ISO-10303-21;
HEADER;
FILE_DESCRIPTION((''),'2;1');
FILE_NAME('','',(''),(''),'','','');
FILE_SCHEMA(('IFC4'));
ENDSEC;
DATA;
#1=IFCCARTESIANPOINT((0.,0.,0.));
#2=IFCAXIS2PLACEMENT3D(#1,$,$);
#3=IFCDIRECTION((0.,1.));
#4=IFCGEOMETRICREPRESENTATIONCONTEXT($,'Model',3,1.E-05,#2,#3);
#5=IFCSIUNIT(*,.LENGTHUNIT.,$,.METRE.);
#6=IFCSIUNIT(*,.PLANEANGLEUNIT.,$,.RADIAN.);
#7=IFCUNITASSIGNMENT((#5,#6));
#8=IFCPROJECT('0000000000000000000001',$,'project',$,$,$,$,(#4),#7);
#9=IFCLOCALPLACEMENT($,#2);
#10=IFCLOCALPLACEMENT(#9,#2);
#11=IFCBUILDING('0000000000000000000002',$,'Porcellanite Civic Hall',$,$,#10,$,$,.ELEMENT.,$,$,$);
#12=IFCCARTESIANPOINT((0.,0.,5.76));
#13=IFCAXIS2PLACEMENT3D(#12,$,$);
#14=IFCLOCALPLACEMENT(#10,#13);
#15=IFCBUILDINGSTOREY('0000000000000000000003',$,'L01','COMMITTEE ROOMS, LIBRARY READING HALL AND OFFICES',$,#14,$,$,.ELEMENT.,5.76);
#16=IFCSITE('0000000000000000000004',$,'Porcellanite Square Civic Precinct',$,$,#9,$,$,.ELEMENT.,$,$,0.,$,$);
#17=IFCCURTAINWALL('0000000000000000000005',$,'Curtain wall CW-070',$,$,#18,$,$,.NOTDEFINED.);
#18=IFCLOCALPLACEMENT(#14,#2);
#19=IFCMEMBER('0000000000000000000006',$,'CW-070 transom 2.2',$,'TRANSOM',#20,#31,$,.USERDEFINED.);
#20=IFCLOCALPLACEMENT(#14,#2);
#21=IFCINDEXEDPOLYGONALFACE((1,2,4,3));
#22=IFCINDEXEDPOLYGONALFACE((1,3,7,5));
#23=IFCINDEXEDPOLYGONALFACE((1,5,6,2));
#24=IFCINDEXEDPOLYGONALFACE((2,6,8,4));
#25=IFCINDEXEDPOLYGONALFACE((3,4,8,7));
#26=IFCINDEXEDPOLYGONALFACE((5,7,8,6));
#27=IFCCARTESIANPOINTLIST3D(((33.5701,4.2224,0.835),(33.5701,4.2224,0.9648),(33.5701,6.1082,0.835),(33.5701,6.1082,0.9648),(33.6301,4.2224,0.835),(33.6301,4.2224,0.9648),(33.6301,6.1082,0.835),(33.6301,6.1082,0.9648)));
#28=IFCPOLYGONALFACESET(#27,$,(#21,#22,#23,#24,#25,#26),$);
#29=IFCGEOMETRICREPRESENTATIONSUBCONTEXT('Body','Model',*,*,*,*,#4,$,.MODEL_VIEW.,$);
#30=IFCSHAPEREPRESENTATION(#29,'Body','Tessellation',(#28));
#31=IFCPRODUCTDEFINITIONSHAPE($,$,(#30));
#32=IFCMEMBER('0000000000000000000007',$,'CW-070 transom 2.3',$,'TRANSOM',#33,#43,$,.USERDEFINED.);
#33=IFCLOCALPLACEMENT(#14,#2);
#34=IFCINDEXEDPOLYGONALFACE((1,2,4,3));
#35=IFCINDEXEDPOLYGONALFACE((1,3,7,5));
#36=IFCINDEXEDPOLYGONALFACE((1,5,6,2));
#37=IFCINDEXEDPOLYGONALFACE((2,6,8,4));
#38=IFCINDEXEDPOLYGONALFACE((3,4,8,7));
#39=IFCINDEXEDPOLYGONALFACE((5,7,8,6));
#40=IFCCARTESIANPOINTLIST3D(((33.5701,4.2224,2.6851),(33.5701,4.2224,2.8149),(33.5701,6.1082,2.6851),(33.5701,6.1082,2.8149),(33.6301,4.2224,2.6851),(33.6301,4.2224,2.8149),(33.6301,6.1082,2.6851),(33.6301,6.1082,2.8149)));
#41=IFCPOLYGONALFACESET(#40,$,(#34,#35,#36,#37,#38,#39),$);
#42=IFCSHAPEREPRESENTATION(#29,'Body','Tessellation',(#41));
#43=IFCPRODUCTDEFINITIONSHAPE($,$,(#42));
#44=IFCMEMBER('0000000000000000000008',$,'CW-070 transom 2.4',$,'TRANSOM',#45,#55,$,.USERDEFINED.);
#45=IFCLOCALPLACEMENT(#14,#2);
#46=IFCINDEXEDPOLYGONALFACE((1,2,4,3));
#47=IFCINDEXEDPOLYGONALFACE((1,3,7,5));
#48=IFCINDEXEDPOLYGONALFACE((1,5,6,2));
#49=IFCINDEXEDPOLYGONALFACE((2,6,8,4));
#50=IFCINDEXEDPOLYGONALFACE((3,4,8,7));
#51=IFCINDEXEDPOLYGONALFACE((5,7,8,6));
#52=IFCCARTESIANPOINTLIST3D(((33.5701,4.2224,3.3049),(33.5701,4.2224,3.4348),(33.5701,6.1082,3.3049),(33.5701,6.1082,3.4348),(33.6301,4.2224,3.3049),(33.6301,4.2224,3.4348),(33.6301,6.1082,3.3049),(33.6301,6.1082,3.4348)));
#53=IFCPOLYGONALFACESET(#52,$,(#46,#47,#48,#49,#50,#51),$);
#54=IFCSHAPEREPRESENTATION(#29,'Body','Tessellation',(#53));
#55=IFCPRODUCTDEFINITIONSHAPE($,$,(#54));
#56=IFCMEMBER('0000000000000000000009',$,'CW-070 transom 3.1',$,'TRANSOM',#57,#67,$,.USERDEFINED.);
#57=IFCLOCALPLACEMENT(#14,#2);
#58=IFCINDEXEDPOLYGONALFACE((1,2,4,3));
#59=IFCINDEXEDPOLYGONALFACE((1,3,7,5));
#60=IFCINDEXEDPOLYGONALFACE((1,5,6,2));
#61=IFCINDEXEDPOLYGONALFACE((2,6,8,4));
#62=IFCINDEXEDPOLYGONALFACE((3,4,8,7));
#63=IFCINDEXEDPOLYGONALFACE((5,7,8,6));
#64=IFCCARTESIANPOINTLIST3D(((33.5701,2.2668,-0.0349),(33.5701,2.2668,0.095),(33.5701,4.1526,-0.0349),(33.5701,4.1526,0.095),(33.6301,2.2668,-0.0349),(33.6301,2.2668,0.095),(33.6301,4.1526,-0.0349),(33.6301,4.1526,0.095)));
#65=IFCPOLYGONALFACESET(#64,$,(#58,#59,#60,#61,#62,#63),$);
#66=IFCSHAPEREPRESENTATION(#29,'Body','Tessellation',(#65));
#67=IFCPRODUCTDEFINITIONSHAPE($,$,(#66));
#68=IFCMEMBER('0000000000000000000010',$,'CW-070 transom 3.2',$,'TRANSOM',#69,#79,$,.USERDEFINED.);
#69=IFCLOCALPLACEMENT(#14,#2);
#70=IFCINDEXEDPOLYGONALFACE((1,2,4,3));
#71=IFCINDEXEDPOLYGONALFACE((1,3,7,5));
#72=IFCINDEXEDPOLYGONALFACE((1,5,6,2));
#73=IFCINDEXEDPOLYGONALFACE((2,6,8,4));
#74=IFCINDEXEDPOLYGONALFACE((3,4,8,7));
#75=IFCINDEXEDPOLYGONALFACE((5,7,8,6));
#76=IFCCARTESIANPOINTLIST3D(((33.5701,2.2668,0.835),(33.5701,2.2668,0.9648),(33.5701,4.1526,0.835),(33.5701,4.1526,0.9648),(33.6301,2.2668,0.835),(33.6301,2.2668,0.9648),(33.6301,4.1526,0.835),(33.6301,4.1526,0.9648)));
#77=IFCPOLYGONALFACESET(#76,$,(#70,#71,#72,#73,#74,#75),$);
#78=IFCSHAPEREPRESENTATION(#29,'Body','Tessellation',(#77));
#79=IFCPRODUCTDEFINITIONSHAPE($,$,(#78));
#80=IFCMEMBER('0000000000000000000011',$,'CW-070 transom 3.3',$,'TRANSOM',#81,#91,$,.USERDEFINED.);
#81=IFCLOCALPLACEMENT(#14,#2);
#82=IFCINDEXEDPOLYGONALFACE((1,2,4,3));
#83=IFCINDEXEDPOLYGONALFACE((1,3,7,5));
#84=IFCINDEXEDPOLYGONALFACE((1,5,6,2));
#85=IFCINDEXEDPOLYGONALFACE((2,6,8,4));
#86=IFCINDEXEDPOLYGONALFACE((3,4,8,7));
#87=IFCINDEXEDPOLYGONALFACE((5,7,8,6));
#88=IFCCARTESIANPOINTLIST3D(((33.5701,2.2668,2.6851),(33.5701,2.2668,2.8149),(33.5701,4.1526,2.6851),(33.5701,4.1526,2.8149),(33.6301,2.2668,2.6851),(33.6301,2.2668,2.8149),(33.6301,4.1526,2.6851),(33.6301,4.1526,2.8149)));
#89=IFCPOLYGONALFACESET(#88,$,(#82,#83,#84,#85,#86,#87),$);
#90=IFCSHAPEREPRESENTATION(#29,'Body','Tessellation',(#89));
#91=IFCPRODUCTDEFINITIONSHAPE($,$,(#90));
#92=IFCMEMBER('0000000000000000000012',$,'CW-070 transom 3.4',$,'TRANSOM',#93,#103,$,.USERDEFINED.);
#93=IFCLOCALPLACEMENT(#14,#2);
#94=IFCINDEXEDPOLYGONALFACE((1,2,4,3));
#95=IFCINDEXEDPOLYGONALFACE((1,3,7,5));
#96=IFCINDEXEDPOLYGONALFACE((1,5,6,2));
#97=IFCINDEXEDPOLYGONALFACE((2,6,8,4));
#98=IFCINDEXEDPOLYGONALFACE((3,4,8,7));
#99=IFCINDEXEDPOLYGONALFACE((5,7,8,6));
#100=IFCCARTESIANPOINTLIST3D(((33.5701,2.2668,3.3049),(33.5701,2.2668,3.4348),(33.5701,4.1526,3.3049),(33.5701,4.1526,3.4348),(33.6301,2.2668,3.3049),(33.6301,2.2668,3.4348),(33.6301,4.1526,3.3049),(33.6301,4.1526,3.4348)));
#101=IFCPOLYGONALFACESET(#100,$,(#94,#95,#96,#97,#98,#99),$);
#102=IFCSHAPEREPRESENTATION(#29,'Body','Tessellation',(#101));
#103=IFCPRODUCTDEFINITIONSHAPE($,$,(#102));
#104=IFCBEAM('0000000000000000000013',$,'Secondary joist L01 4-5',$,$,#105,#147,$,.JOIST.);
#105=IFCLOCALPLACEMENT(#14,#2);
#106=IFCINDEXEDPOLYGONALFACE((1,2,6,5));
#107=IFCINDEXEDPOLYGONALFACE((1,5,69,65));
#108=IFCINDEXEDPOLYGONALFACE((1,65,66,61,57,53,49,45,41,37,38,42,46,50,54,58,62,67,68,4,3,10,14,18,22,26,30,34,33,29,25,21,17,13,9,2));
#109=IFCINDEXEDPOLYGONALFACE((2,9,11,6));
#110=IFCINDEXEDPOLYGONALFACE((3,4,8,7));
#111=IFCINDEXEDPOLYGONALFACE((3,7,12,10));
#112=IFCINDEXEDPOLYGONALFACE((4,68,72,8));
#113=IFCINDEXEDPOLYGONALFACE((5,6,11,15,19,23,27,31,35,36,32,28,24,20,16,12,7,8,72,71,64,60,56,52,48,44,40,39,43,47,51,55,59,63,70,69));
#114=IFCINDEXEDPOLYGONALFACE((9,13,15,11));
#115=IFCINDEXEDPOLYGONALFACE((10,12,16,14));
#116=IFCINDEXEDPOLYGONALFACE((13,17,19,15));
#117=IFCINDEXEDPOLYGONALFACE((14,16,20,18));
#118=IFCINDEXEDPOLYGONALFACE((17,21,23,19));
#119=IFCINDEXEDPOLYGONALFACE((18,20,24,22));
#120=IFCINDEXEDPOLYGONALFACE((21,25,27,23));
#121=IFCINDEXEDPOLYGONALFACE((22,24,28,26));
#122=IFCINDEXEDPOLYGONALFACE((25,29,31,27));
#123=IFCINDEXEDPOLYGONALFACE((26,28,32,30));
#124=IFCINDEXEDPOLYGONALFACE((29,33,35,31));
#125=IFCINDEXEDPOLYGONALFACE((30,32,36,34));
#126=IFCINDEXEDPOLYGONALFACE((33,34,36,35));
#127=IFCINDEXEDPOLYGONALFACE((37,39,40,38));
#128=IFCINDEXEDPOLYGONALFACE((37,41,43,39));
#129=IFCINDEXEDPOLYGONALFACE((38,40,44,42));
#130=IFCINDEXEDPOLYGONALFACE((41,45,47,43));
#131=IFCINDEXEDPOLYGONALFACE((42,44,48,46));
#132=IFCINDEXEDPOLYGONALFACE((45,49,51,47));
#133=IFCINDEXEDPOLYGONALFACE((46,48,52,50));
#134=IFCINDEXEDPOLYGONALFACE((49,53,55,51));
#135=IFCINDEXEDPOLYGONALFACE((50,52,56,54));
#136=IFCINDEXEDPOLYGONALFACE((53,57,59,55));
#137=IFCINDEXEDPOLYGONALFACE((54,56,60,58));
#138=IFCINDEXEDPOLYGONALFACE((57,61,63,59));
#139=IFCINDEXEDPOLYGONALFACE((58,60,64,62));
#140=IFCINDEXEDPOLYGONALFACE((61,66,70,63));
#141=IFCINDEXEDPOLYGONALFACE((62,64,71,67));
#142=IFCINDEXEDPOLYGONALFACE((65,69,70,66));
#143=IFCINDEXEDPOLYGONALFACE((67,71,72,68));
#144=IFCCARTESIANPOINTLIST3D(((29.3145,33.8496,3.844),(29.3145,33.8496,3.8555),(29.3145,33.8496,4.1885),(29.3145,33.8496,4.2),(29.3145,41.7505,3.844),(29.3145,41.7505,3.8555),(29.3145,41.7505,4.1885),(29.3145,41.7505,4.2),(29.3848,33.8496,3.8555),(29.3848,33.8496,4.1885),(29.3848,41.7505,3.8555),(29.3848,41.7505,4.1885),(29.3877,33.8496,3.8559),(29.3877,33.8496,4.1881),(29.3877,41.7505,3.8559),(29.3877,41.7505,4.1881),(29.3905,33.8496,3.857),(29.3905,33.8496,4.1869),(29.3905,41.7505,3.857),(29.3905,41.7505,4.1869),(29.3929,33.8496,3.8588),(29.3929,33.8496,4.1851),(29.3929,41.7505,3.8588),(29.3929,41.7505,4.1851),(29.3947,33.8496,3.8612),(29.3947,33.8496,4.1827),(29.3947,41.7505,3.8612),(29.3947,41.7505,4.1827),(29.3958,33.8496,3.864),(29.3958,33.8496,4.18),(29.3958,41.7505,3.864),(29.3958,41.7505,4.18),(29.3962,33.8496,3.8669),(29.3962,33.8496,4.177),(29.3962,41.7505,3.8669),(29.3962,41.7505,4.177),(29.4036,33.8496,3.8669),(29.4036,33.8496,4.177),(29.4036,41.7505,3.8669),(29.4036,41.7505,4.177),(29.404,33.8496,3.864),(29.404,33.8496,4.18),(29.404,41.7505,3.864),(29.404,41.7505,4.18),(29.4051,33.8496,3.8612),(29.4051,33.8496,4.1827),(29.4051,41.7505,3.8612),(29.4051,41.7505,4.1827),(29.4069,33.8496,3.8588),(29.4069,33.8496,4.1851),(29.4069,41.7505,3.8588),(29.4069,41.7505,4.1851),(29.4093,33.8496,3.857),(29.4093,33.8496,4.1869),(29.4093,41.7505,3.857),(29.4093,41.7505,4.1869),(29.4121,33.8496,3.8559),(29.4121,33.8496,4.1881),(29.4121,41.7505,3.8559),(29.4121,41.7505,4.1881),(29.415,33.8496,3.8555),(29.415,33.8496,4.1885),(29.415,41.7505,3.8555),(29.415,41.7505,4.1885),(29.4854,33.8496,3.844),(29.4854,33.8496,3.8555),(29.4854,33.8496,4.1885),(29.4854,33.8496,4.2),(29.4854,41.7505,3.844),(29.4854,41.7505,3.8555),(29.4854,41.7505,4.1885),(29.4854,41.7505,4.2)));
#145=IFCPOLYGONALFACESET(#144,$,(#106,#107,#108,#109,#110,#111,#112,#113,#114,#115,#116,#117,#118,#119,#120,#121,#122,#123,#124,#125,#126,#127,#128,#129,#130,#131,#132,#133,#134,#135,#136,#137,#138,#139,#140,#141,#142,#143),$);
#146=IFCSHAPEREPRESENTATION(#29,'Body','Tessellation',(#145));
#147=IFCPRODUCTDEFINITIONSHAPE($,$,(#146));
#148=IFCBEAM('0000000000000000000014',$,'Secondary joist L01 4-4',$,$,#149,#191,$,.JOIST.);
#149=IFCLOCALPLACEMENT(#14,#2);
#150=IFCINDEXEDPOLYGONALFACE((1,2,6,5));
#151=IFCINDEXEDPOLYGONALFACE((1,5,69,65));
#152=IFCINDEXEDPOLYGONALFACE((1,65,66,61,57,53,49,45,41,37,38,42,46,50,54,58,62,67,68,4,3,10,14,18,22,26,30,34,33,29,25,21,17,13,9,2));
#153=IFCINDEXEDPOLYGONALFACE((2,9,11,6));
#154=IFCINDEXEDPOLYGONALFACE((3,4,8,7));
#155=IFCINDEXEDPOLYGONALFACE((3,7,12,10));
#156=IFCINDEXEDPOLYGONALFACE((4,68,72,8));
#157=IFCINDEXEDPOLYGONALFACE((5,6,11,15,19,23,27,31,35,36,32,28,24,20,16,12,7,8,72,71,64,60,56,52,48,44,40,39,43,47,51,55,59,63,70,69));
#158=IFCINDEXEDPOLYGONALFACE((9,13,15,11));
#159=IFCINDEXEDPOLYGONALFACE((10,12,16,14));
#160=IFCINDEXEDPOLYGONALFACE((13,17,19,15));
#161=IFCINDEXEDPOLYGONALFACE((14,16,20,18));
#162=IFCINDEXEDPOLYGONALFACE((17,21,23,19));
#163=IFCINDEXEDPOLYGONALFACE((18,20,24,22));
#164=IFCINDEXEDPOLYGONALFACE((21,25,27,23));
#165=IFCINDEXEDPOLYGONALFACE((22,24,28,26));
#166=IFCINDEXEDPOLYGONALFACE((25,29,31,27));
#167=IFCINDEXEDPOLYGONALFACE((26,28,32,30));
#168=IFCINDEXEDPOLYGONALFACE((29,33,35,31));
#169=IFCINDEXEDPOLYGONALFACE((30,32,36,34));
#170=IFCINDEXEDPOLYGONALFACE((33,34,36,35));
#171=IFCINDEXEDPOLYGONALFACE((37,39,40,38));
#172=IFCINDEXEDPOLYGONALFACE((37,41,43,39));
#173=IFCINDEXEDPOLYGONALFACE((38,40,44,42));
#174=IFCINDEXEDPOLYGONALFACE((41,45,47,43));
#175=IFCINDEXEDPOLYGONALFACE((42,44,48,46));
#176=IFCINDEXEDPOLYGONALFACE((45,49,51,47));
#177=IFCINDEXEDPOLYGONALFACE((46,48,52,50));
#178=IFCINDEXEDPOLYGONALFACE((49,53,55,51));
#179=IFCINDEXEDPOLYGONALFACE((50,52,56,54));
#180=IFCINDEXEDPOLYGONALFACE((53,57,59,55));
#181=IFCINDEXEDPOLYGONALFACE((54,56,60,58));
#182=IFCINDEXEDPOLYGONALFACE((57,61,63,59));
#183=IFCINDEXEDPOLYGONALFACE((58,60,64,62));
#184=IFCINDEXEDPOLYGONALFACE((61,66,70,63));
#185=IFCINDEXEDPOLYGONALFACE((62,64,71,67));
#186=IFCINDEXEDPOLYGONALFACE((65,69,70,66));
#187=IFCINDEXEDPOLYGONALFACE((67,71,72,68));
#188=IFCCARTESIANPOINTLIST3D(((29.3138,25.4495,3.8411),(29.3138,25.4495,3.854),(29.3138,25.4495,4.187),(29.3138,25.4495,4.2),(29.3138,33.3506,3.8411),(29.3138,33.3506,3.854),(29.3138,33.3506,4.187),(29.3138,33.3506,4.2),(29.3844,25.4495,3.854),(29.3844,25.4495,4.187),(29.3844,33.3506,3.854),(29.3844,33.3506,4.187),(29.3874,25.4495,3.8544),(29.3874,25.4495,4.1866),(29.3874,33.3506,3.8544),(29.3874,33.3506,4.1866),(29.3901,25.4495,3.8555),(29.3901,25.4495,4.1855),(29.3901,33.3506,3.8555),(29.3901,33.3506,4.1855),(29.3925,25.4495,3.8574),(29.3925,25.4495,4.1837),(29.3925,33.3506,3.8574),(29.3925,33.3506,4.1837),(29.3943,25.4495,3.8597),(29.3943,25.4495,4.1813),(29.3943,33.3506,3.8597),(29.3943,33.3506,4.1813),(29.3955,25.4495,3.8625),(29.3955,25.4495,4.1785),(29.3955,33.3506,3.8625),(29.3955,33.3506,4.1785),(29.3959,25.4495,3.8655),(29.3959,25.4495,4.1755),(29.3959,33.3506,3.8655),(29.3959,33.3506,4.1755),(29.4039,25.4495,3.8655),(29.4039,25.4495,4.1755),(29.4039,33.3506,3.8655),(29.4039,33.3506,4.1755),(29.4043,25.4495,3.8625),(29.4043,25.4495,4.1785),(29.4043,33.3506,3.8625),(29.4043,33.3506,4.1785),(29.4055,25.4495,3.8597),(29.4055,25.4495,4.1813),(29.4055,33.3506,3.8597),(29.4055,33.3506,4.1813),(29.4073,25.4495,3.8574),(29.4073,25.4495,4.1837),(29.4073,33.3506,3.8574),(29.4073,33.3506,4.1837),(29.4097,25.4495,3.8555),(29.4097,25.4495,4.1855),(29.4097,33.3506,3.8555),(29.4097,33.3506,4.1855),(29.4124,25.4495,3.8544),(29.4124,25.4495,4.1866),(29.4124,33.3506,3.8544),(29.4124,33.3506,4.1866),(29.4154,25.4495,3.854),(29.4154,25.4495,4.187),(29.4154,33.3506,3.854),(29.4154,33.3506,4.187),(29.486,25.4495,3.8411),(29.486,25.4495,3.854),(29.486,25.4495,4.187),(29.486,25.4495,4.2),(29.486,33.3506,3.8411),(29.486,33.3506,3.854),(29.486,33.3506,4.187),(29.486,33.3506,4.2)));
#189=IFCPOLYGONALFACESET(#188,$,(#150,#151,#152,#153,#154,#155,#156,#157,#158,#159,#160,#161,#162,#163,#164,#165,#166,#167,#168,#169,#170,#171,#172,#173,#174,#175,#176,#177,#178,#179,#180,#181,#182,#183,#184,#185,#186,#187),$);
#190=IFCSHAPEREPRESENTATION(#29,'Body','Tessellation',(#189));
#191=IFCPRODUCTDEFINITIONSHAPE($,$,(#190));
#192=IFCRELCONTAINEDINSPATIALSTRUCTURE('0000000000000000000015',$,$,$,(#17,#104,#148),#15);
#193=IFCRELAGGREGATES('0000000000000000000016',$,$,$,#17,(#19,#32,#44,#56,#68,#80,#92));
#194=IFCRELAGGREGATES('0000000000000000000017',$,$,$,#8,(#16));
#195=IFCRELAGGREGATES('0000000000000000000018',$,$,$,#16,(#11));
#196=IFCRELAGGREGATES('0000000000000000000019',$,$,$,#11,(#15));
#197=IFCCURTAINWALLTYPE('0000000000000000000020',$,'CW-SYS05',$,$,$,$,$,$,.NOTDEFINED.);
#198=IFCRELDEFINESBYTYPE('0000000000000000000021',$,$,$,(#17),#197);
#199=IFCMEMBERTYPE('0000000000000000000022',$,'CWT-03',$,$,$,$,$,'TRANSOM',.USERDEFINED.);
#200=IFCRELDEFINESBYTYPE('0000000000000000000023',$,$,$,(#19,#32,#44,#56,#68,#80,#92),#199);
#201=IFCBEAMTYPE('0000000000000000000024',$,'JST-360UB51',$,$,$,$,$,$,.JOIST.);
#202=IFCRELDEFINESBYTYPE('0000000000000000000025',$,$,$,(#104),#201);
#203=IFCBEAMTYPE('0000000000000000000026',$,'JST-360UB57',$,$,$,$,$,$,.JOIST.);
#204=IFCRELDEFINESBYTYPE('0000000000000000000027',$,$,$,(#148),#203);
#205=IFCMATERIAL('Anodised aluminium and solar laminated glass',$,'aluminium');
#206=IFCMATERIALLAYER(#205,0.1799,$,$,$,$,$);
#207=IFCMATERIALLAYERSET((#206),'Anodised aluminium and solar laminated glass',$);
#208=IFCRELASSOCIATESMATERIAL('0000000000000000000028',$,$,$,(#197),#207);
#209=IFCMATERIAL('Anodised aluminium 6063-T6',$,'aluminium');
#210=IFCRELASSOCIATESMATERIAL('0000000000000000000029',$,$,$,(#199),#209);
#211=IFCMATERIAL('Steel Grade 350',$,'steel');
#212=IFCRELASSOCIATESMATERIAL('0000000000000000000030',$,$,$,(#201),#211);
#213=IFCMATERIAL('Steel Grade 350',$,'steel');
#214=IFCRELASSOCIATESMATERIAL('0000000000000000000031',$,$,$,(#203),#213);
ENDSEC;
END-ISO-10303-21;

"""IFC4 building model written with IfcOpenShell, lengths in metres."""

from ifc_helpers import new_model, si_unit, direction, frame, origin, origin_2d, place, context, subcontext, project, spatial, rectangle, i_section, extrude, material, layer, layer_set, material_profile, profile_set, type_object, element, aggregate, save


model = new_model("IFC4")

# Units and contexts
model_context = context("Model", 3, precision=1e-05, world=origin(), true_north=direction((0.0, 1.0)))
body_context = subcontext(model_context, "Body", "Model", "MODEL_VIEW")
ifc_project = project(units=[si_unit("LENGTHUNIT", "METRE"), si_unit("PLANEANGLEUNIT", "RADIAN")], contexts=[model_context])

# Site, building, storey
site_placement = place(None, origin())
site = spatial("IfcSite", under=ifc_project, at=site_placement, Name="Porcellanite Square Civic Precinct", CompositionType="ELEMENT", RefElevation=0.0)
building_placement = place(site_placement, origin())
building = spatial("IfcBuilding", under=site, at=building_placement, Name="Porcellanite Civic Hall", CompositionType="ELEMENT")
storey_placement = place(building_placement, frame((0.0, 0.0, 5.76)))
storey = spatial("IfcBuildingStorey", under=building, at=storey_placement, Name="L01", Description="COMMITTEE ROOMS, LIBRARY READING HALL AND OFFICES", CompositionType="ELEMENT", Elevation=5.76)

# Curtain wall, members
ifc_material_1 = material(Name="Anodised aluminium and solar laminated glass", Category="aluminium")
ifc_layer_1 = layer(ifc_material_1, 0.1799)
ifc_layer_set_1 = layer_set([ifc_layer_1], Name="Anodised aluminium and solar laminated glass")
curtain_wall_type = type_object("IfcCurtainWallType", Name="CW-SYS05", PredefinedType="NOTDEFINED", material=ifc_layer_set_1)
curtain_wall_placement = place(storey_placement, origin())
curtain_wall = element("IfcCurtainWall", 1, at=curtain_wall_placement, inside=storey, type_object=curtain_wall_type, Name="Curtain wall CW-070", PredefinedType="NOTDEFINED")
ifc_material_2 = material(Name="Anodised aluminium 6063-T6", Category="aluminium")
ifc_material_profile_1 = material_profile(ifc_material_2, rectangle(XDim=0.0601, YDim=0.1299, at=origin_2d()), Name="AL-60x130")
ifc_profile_set_1 = profile_set([ifc_material_profile_1], Name="Anodised aluminium 6063-T6")
member_type_1 = type_object("IfcMemberType", Name="CWT-03", ElementType="TRANSOM", PredefinedType="USERDEFINED", material=ifc_profile_set_1)
member_1_placement = place(storey_placement, frame((33.6001, 6.1082, 0.8999), z_axis=(0.0, -1.0, 0.0), x_axis=(1.0, 0.0, 0.0)))
member_1 = element("IfcMember", 2, at=member_1_placement, type_object=member_type_1, Name="CW-070 transom 2.2", ObjectType="TRANSOM", PredefinedType="USERDEFINED", context=body_context, shape_type="SweptSolid", body=[
    extrude(rectangle(XDim=0.0601, YDim=0.1299, at=origin_2d()), origin(), (0.0, 0.0, 1.0), 1.8857),
])
member_2_placement = place(storey_placement, frame((33.6001, 6.1082, 2.75), z_axis=(0.0, -1.0, 0.0), x_axis=(1.0, 0.0, 0.0)))
member_2 = element("IfcMember", 3, at=member_2_placement, type_object=member_type_1, Name="CW-070 transom 2.3", ObjectType="TRANSOM", PredefinedType="USERDEFINED", context=body_context, shape_type="SweptSolid", body=[
    extrude(rectangle(XDim=0.0601, YDim=0.1299, at=origin_2d()), origin(), (0.0, 0.0, 1.0), 1.8857),
])
member_3_placement = place(storey_placement, frame((33.6001, 6.1082, 3.3699), z_axis=(0.0, -1.0, 0.0), x_axis=(1.0, 0.0, 0.0)))
member_3 = element("IfcMember", 4, at=member_3_placement, type_object=member_type_1, Name="CW-070 transom 2.4", ObjectType="TRANSOM", PredefinedType="USERDEFINED", context=body_context, shape_type="SweptSolid", body=[
    extrude(rectangle(XDim=0.0601, YDim=0.1299, at=origin_2d()), origin(), (0.0, 0.0, 1.0), 1.8857),
])
member_4_placement = place(storey_placement, frame((33.6001, 4.1526, 0.03), z_axis=(0.0, -1.0, 0.0), x_axis=(1.0, 0.0, 0.0)))
member_4 = element("IfcMember", 5, at=member_4_placement, type_object=member_type_1, Name="CW-070 transom 3.1", ObjectType="TRANSOM", PredefinedType="USERDEFINED", context=body_context, shape_type="SweptSolid", body=[
    extrude(rectangle(XDim=0.0601, YDim=0.1299, at=origin_2d()), origin(), (0.0, 0.0, 1.0), 1.8857),
])
member_5_placement = place(storey_placement, frame((33.6001, 4.1526, 0.8999), z_axis=(0.0, -1.0, 0.0), x_axis=(1.0, 0.0, 0.0)))
member_5 = element("IfcMember", 6, at=member_5_placement, type_object=member_type_1, Name="CW-070 transom 3.2", ObjectType="TRANSOM", PredefinedType="USERDEFINED", context=body_context, shape_type="SweptSolid", body=[
    extrude(rectangle(XDim=0.0601, YDim=0.1299, at=origin_2d()), origin(), (0.0, 0.0, 1.0), 1.8857),
])
member_6_placement = place(storey_placement, frame((33.6001, 4.1526, 2.75), z_axis=(0.0, -1.0, 0.0), x_axis=(1.0, 0.0, 0.0)))
member_6 = element("IfcMember", 7, at=member_6_placement, type_object=member_type_1, Name="CW-070 transom 3.3", ObjectType="TRANSOM", PredefinedType="USERDEFINED", context=body_context, shape_type="SweptSolid", body=[
    extrude(rectangle(XDim=0.0601, YDim=0.1299, at=origin_2d()), origin(), (0.0, 0.0, 1.0), 1.8857),
])
member_7_placement = place(storey_placement, frame((33.6001, 4.1526, 3.3699), z_axis=(0.0, -1.0, 0.0), x_axis=(1.0, 0.0, 0.0)))
member_7 = element("IfcMember", 8, at=member_7_placement, type_object=member_type_1, Name="CW-070 transom 3.4", ObjectType="TRANSOM", PredefinedType="USERDEFINED", context=body_context, shape_type="SweptSolid", body=[
    extrude(rectangle(XDim=0.0601, YDim=0.1299, at=origin_2d()), origin(), (0.0, 0.0, 1.0), 1.8857),
])

# Beams
ifc_material_3 = material(Name="Steel Grade 350", Category="steel")
ifc_material_profile_2 = material_profile(ifc_material_3, i_section(OverallWidth=0.1709, OverallDepth=0.356, WebThickness=0.0073, FlangeThickness=0.0115, FilletRadius=0.0115, at=origin_2d()), Name="360UB50.7")
ifc_profile_set_2 = profile_set([ifc_material_profile_2], Name="Steel Grade 350")
beam_type_1 = type_object("IfcBeamType", Name="JST-360UB51", PredefinedType="JOIST", material=ifc_profile_set_2)
beam_1_placement = place(storey_placement, frame((29.3999, 33.8496, 4.022), z_axis=(0.0, 1.0, 0.0), x_axis=(-1.0, 0.0, 0.0)))
element("IfcBeam", 9, at=beam_1_placement, inside=storey, type_object=beam_type_1, Name="Secondary joist L01 4-5", PredefinedType="JOIST", context=body_context, shape_type="SweptSolid", body=[
    extrude(i_section(OverallWidth=0.1709, OverallDepth=0.356, WebThickness=0.0073, FlangeThickness=0.0115, FilletRadius=0.0115, at=origin_2d()), origin(), (0.0, 0.0, 1.0), 7.9009),
])
ifc_material_4 = material(Name="Steel Grade 350", Category="steel")
ifc_material_profile_3 = material_profile(ifc_material_4, i_section(OverallWidth=0.1721, OverallDepth=0.3589, WebThickness=0.0081, FlangeThickness=0.0129, FilletRadius=0.0115, at=origin_2d()), Name="360UB56.7")
ifc_profile_set_3 = profile_set([ifc_material_profile_3], Name="Steel Grade 350")
beam_type_2 = type_object("IfcBeamType", Name="JST-360UB57", PredefinedType="JOIST", material=ifc_profile_set_3)
beam_2_placement = place(storey_placement, frame((29.3999, 25.4495, 4.0205), z_axis=(0.0, 1.0, 0.0), x_axis=(-1.0, 0.0, 0.0)))
element("IfcBeam", 10, at=beam_2_placement, inside=storey, type_object=beam_type_2, Name="Secondary joist L01 4-4", PredefinedType="JOIST", context=body_context, shape_type="SweptSolid", body=[
    extrude(i_section(OverallWidth=0.1721, OverallDepth=0.3589, WebThickness=0.0081, FlangeThickness=0.0129, FilletRadius=0.0115, at=origin_2d()), origin(), (0.0, 0.0, 1.0), 7.9011),
])

aggregate(curtain_wall, [member_1, member_2, member_3, member_4, member_5, member_6, member_7])

save(model, "model.ifc")
